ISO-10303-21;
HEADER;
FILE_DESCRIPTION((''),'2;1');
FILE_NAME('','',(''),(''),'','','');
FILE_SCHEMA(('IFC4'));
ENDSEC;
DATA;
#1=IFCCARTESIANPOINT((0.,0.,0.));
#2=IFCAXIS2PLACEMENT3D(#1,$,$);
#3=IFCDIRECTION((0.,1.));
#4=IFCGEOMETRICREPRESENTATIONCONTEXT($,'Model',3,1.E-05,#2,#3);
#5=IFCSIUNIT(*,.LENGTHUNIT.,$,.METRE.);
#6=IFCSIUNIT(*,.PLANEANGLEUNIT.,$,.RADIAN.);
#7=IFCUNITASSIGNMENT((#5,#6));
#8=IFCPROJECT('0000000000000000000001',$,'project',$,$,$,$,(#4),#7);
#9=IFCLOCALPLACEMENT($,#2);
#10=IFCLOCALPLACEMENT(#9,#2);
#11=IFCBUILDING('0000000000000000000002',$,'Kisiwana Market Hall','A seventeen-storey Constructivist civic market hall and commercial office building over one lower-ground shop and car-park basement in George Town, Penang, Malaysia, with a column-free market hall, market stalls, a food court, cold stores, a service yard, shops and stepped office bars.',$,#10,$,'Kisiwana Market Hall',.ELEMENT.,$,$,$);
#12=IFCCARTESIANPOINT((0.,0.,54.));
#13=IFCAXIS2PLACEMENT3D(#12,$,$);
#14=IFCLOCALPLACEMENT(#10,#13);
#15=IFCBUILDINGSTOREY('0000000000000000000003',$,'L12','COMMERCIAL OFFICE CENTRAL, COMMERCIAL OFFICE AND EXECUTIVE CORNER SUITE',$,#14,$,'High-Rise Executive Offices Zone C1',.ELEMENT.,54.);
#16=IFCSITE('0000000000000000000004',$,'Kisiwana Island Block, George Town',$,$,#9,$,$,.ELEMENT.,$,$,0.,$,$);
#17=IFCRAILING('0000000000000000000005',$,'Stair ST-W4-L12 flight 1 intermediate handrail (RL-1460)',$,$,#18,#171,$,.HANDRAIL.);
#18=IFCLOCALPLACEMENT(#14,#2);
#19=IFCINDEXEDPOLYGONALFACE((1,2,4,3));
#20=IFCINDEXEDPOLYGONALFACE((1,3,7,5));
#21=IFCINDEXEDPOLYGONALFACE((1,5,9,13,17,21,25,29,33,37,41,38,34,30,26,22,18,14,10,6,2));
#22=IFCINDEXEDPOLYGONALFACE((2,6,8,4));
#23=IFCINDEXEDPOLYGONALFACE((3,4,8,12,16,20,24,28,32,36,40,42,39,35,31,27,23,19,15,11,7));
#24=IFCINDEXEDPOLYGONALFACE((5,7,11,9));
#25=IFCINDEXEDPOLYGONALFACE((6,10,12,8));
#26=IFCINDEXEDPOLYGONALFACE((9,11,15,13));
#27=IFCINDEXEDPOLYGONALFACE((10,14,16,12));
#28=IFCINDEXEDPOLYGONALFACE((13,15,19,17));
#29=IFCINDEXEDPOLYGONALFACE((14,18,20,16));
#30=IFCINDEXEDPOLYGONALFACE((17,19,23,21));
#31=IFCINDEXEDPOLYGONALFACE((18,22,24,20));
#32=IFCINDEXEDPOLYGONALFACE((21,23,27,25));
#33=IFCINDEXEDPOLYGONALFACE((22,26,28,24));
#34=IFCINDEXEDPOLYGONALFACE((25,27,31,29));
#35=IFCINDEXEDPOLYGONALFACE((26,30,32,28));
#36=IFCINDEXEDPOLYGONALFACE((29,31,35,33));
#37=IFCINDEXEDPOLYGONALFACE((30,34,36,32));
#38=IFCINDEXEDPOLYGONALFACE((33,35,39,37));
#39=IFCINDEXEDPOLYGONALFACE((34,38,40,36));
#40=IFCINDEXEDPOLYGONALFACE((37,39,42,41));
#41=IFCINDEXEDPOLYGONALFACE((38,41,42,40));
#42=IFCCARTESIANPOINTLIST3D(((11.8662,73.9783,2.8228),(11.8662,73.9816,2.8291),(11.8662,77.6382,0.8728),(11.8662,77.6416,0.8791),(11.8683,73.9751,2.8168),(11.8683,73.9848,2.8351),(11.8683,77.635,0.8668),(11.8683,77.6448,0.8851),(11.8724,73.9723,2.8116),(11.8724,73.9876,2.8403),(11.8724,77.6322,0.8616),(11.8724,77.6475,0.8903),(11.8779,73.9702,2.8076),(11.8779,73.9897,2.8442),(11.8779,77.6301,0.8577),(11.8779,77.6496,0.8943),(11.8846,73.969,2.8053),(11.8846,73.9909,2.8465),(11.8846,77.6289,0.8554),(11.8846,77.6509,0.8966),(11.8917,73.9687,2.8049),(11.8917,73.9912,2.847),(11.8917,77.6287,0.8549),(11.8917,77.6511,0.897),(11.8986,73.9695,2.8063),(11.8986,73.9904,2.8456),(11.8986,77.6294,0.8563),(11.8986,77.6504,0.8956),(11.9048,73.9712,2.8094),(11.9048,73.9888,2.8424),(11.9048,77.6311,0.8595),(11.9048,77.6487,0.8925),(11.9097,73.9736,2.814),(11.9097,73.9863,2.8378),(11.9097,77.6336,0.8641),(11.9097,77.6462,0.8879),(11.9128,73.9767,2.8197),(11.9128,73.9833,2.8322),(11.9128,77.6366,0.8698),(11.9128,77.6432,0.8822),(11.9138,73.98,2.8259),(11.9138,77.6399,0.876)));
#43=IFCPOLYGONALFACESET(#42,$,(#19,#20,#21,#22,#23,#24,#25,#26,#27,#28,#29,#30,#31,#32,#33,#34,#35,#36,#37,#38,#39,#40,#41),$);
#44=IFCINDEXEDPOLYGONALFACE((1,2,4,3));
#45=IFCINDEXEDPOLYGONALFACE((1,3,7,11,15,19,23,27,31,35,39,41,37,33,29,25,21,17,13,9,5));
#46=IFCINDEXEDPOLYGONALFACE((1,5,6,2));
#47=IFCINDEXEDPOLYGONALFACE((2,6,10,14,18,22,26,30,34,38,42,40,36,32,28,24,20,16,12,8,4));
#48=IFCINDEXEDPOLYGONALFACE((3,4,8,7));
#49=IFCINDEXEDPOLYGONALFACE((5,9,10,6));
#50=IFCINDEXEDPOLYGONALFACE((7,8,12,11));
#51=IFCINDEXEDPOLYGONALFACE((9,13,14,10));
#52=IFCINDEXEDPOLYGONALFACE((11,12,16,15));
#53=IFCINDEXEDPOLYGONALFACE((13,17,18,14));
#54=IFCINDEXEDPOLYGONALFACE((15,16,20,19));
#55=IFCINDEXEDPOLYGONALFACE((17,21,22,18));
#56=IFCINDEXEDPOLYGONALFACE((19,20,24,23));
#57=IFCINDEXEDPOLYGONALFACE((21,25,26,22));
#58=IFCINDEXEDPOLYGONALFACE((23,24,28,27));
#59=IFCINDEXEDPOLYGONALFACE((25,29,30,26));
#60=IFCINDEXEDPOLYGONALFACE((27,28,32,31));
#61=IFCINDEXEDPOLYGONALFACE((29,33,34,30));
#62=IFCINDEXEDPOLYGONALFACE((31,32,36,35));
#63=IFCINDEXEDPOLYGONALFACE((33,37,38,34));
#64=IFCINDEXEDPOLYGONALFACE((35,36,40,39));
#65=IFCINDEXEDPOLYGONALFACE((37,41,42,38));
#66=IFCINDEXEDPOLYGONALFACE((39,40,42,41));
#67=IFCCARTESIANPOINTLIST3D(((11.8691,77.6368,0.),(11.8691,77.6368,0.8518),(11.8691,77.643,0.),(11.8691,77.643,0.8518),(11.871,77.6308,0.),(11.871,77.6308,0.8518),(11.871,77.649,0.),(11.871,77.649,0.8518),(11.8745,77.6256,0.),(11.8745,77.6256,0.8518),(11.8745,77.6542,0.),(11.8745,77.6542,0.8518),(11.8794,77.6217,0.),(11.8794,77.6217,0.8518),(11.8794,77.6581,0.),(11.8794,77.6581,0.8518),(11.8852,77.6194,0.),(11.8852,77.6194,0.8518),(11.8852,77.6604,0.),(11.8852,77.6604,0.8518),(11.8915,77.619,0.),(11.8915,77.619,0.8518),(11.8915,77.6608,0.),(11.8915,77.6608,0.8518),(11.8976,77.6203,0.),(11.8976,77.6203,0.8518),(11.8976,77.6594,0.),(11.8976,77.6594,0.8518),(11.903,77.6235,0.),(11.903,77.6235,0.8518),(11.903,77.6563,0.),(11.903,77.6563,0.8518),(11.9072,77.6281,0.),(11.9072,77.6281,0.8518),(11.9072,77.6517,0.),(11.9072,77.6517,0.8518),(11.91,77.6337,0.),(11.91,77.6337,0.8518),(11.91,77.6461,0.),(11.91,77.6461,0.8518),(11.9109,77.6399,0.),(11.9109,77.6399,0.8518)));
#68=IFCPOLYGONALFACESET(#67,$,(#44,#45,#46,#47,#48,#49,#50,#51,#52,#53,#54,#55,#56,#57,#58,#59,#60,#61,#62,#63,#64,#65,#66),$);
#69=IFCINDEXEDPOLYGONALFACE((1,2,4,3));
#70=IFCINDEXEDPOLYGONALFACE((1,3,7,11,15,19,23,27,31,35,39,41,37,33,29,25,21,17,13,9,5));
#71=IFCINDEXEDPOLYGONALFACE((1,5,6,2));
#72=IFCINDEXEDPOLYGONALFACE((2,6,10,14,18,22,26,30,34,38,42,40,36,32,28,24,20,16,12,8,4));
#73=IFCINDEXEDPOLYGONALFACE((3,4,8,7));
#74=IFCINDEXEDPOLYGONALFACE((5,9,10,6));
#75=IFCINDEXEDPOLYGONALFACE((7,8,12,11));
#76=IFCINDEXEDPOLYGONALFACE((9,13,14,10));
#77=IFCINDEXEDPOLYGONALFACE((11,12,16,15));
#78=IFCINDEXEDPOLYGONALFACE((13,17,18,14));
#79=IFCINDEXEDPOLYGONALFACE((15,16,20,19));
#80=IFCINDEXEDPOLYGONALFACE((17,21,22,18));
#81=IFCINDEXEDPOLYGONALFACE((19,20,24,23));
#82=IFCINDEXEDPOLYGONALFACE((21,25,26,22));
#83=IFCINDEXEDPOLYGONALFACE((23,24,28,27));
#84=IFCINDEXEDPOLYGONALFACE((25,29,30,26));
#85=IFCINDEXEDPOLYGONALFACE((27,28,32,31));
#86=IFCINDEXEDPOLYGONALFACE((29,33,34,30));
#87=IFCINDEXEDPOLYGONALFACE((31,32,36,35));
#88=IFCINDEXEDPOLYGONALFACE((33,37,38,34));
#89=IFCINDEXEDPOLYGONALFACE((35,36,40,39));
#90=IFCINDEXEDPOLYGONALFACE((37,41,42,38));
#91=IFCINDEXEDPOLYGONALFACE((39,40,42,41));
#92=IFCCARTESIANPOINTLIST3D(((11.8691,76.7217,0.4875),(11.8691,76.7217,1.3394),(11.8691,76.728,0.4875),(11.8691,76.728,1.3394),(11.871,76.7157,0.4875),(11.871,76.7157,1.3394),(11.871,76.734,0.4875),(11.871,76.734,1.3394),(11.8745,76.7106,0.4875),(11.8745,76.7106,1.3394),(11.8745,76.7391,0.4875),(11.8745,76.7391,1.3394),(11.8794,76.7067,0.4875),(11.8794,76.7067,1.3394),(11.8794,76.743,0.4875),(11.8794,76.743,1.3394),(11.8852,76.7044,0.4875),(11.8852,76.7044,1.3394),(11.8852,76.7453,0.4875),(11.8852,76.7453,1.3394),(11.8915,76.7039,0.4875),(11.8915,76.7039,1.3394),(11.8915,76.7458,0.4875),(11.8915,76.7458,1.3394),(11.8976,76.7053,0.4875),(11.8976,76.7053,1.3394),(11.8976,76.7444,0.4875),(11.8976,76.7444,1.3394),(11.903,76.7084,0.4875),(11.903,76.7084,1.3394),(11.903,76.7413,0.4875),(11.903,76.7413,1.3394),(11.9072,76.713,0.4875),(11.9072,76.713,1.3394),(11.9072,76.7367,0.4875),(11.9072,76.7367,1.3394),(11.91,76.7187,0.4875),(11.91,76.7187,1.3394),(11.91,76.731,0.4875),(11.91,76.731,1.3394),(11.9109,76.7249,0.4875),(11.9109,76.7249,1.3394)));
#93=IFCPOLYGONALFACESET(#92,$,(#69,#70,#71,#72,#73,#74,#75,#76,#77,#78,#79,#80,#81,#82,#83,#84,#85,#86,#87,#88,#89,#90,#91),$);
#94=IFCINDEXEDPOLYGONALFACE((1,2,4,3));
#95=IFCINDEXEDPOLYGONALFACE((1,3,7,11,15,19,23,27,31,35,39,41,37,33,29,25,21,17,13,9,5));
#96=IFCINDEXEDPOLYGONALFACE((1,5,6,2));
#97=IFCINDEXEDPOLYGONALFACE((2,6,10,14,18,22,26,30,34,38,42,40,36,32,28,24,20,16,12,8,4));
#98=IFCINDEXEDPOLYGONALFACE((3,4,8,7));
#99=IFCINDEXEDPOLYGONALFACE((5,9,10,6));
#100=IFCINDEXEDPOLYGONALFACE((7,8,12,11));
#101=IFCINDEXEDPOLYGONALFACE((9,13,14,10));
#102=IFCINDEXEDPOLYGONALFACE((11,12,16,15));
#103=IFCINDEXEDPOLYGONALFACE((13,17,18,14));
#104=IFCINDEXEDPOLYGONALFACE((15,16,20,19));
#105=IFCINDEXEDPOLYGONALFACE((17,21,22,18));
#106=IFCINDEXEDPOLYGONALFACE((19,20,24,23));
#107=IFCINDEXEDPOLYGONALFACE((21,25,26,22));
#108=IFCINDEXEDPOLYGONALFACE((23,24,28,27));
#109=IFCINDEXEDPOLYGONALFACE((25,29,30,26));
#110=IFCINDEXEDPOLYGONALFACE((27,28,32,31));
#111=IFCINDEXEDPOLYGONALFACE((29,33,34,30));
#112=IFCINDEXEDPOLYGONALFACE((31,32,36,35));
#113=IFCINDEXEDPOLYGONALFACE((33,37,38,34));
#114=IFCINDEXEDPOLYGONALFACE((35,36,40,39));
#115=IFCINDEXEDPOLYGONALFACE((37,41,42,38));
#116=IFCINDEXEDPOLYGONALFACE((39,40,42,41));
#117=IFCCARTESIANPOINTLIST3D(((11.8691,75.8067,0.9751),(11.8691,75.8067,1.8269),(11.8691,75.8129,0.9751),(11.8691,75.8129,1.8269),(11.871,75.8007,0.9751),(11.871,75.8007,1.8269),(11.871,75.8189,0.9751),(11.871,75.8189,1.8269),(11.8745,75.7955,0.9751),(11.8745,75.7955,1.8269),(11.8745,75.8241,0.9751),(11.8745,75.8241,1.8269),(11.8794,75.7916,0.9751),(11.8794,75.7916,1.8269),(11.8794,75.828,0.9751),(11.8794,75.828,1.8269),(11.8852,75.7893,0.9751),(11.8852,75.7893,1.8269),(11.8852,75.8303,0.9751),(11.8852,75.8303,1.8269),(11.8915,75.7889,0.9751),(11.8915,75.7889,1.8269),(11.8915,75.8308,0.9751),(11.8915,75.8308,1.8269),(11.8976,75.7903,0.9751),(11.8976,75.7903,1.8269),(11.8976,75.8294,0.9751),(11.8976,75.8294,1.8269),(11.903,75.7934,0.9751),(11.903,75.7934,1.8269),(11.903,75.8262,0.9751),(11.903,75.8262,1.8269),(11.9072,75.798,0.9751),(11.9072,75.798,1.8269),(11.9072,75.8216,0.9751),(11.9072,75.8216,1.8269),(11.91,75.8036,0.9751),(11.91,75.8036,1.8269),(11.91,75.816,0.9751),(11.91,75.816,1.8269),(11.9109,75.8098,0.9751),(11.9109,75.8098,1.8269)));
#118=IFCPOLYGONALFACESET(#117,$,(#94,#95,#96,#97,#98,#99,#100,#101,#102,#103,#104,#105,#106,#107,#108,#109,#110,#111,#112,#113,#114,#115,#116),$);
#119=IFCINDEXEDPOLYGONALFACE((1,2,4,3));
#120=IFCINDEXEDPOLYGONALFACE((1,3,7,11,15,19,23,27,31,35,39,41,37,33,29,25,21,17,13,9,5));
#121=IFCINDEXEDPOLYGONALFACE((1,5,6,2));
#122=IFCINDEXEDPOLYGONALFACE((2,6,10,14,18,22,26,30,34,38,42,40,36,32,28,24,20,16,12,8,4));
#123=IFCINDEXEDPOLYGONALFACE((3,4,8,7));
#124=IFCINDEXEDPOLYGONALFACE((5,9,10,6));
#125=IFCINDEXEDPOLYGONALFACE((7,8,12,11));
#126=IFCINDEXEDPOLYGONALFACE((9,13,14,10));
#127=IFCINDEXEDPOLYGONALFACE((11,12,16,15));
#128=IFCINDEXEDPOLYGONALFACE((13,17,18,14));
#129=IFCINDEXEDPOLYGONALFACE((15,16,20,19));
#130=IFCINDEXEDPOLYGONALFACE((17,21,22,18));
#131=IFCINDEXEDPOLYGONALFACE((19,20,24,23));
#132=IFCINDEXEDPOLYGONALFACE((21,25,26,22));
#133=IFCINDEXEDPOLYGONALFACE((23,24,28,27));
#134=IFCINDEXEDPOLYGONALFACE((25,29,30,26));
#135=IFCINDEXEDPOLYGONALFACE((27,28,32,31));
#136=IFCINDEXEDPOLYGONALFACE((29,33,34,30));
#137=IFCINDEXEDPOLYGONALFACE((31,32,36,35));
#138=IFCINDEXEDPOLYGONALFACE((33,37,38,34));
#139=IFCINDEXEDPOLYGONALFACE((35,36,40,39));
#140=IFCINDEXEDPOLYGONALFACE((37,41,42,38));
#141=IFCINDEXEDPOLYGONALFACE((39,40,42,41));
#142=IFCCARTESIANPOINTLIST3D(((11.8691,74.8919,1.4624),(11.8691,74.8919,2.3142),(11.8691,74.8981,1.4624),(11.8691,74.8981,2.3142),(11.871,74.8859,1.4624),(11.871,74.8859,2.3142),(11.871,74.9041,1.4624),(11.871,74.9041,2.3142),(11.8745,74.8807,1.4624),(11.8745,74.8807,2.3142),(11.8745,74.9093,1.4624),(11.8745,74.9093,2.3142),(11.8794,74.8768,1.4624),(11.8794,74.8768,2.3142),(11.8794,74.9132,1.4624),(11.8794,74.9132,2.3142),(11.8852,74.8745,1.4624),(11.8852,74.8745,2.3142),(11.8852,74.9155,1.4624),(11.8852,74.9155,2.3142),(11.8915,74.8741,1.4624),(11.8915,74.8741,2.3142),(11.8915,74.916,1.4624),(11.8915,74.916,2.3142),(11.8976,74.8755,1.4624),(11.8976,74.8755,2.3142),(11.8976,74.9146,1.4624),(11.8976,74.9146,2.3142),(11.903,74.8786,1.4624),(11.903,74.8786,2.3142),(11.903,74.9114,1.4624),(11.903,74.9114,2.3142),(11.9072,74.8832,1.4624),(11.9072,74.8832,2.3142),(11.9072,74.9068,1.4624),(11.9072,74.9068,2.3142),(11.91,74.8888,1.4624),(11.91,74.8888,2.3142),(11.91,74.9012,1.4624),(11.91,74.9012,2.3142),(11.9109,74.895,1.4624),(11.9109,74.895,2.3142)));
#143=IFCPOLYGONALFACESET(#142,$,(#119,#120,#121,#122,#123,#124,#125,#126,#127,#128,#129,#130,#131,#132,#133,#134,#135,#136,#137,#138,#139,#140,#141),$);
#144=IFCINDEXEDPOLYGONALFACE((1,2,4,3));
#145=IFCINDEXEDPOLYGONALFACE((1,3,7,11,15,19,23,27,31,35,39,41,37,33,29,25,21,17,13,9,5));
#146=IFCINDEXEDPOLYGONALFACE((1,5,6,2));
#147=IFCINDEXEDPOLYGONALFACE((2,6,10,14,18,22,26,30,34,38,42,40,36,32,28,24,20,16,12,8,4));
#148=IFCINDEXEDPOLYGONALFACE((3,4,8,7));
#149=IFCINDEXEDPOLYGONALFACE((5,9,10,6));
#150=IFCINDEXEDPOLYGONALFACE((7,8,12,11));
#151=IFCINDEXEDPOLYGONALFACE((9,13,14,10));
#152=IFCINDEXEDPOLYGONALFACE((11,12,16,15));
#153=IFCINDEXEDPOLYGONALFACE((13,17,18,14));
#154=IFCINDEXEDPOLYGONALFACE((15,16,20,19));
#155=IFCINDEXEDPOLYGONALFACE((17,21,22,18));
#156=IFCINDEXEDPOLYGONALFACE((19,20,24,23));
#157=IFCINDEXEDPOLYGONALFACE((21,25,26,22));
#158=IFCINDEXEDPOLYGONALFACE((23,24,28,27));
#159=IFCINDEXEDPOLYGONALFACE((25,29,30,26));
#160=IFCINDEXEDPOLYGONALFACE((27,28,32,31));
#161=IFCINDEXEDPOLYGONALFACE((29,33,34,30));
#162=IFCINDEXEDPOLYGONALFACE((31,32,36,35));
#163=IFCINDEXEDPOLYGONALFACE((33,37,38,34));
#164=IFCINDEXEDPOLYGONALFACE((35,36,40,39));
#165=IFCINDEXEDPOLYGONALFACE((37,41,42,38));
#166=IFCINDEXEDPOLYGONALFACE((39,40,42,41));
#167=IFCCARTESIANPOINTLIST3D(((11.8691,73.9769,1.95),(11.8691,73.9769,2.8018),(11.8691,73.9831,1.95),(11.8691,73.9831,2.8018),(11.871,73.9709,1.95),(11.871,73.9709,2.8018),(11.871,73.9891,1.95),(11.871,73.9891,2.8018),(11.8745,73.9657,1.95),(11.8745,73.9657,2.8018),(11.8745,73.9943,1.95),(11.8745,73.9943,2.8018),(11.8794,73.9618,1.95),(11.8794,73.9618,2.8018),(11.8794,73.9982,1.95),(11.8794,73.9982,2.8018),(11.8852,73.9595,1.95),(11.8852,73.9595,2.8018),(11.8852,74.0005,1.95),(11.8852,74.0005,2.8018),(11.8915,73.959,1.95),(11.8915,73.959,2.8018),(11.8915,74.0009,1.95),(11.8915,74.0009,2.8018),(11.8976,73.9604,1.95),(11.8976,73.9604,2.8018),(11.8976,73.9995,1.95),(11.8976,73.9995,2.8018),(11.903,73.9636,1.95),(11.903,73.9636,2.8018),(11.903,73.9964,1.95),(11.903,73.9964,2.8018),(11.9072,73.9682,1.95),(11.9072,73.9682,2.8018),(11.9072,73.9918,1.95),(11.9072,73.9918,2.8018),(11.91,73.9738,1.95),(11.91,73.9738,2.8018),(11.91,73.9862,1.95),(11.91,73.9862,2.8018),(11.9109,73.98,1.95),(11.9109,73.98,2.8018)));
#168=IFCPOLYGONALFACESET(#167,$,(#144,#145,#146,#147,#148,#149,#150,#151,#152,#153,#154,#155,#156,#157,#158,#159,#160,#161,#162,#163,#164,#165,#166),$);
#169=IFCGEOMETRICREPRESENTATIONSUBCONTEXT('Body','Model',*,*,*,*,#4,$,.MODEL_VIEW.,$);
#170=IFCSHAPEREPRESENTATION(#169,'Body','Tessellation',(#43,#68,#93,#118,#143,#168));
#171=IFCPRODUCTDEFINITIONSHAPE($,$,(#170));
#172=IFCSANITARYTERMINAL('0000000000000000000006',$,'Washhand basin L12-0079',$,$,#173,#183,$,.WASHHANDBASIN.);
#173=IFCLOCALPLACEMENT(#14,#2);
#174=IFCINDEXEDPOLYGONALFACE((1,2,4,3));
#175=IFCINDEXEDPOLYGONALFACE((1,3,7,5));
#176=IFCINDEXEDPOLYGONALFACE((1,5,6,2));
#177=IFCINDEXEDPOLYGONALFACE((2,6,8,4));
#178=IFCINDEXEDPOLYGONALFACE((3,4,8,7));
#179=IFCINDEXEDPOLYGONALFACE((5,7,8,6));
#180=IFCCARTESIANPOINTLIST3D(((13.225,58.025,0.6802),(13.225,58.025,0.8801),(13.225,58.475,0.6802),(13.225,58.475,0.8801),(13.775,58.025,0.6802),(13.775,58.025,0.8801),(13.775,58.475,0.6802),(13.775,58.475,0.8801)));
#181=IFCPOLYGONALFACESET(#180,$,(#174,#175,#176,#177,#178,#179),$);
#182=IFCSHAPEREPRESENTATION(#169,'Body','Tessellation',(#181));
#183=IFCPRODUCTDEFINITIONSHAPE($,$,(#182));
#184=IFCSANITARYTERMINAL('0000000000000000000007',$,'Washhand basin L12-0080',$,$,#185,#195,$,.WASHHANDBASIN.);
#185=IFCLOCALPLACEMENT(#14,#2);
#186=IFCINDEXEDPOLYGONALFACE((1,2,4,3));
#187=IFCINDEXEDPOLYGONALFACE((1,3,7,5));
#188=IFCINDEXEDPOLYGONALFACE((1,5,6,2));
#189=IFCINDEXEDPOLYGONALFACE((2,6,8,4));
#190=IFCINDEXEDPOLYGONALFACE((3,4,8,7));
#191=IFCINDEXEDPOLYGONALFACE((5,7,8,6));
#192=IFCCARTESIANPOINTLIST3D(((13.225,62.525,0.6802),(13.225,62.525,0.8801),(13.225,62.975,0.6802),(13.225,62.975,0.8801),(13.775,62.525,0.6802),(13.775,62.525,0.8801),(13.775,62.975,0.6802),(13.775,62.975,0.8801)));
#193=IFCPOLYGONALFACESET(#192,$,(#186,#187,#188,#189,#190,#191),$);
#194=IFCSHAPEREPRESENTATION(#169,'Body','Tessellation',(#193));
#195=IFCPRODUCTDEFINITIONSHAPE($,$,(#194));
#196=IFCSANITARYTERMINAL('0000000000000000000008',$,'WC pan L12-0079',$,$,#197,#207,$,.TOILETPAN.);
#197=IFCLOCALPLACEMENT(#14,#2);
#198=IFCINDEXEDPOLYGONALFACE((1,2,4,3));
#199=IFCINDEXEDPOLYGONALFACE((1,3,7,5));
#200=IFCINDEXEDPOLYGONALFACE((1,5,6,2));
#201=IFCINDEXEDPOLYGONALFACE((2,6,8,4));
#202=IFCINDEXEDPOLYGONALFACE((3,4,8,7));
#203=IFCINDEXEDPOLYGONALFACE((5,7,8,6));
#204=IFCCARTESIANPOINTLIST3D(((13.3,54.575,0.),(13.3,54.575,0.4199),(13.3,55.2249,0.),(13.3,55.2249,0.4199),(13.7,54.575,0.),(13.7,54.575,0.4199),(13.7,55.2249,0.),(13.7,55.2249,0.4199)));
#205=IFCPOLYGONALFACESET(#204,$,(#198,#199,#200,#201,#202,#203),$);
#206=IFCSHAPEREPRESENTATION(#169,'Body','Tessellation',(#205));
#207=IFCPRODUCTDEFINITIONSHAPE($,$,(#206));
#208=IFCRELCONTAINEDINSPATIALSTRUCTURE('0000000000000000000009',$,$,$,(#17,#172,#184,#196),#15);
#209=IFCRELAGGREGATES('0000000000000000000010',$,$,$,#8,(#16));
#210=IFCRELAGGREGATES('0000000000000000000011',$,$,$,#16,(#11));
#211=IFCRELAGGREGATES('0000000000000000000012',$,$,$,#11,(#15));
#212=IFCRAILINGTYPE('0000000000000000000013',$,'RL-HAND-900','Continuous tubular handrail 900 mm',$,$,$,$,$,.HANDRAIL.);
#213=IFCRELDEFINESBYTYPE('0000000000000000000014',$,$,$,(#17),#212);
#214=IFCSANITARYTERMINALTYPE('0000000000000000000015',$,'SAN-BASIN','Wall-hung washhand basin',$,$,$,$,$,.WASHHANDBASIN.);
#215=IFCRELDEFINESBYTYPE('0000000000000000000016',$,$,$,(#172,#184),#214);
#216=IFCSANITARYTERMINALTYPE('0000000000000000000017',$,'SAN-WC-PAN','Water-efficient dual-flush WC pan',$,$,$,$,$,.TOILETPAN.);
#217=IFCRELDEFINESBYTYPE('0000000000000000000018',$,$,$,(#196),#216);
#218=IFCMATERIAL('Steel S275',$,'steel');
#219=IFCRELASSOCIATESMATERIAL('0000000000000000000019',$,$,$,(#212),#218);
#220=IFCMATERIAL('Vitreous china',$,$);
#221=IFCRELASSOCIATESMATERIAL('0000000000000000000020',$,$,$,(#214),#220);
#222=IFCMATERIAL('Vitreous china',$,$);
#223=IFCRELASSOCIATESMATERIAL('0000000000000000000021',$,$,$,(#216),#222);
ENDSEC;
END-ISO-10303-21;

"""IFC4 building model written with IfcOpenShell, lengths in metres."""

from ifc_helpers import new_model, si_unit, direction, frame, origin, origin_2d, place, context, subcontext, project, spatial, rectangle, circle, extrude, material, type_object, element, save


model = new_model("IFC4")

# Units and contexts
model_context = context("Model", 3, precision=1e-05, world=origin(), true_north=direction((0.0, 1.0)))
body_context = subcontext(model_context, "Body", "Model", "MODEL_VIEW")
ifc_project = project(units=[si_unit("LENGTHUNIT", "METRE"), si_unit("PLANEANGLEUNIT", "RADIAN")], contexts=[model_context])

# Site, building, storey
site_placement = place(None, origin())
site = spatial("IfcSite", under=ifc_project, at=site_placement, Name="Kisiwana Island Block, George Town", CompositionType="ELEMENT", RefElevation=0.0)
building_placement = place(site_placement, origin())
building = spatial("IfcBuilding", under=site, at=building_placement, Name="Kisiwana Market Hall", Description="A seventeen-storey Constructivist civic market hall and commercial office building over one lower-ground shop and car-park basement in George Town, Penang, Malaysia, with a column-free market hall, market stalls, a food court, cold stores, a service yard, shops and stepped office bars.", LongName="Kisiwana Market Hall", CompositionType="ELEMENT")
storey_placement = place(building_placement, frame((0.0, 0.0, 54.0)))
storey = spatial("IfcBuildingStorey", under=building, at=storey_placement, Name="L12", Description="COMMERCIAL OFFICE CENTRAL, COMMERCIAL OFFICE AND EXECUTIVE CORNER SUITE", LongName="High-Rise Executive Offices Zone C1", CompositionType="ELEMENT", Elevation=54.0)

# Railing
ifc_material_1 = material(Name="Steel S275", Category="steel")
railing_type_1 = type_object("IfcRailingType", Name="RL-HAND-900", Description="Continuous tubular handrail 900 mm", PredefinedType="HANDRAIL", material=ifc_material_1)
for number, where, name in (
    (1, (11.8899, 77.6399, 0.0), "Stair ST-W4-L12 flight 1 intermediate handrail (RL-1460)"),
):
    element("IfcRailing", number, at=place(storey_placement, frame(where)), inside=storey, type_object=railing_type_1, Name=name, PredefinedType="HANDRAIL", context=body_context, shape_type="SweptSolid", body=[
        extrude(circle(Radius=0.0239, at=origin_2d()), frame((0.0, 0.0, 0.876), z_axis=(0.0, -0.882553, 0.470212), x_axis=(1.0, 0.0, 0.0)), (0.0, 0.0, 1.0), 4.147),
        extrude(circle(Radius=0.021, at=origin_2d()), origin(), (0.0, 0.0, 1.0), 0.8518),
        extrude(circle(Radius=0.021, at=origin_2d()), frame((0.0, -0.915, 0.4875)), (0.0, 0.0, 1.0), 0.8518),
        extrude(circle(Radius=0.021, at=origin_2d()), frame((0.0, -1.8301, 0.9751)), (0.0, 0.0, 1.0), 0.8518),
        extrude(circle(Radius=0.021, at=origin_2d()), frame((0.0, -2.7449, 1.4624)), (0.0, 0.0, 1.0), 0.8518),
        extrude(circle(Radius=0.021, at=origin_2d()), frame((0.0, -3.6599, 1.95)), (0.0, 0.0, 1.0), 0.8518),
    ])

# Sanitary terminals
ifc_material_2 = material(Name="Vitreous china")
sanitary_terminal_type_1 = type_object("IfcSanitaryTerminalType", Name="SAN-BASIN", Description="Wall-hung washhand basin", PredefinedType="WASHHANDBASIN", material=ifc_material_2)
for number, where, z_axis, x_axis, name in (
    (2, (13.5, 58.25, 0.6802), (0.0, 0.0, 1.0), (1.0, 0.0, 0.0), "Washhand basin L12-0079"),
    (3, (13.5, 62.75, 0.6802), (0.0, 0.0, 1.0), (1.0, 0.0, 0.0), "Washhand basin L12-0080"),
):
    element("IfcSanitaryTerminal", number, at=place(storey_placement, frame(where, z_axis=z_axis, x_axis=x_axis)), inside=storey, type_object=sanitary_terminal_type_1, Name=name, PredefinedType="WASHHANDBASIN", context=body_context, shape_type="SweptSolid", body=[
        extrude(rectangle(XDim=0.55, YDim=0.45, at=origin_2d()), origin(), (0.0, 0.0, 1.0), 0.2),
    ])
ifc_material_3 = material(Name="Vitreous china")
sanitary_terminal_type_2 = type_object("IfcSanitaryTerminalType", Name="SAN-WC-PAN", Description="Water-efficient dual-flush WC pan", PredefinedType="TOILETPAN", material=ifc_material_3)
for number, where, z_axis, x_axis, name in (
    (4, (13.5, 54.8999, 0.0), (0.0, 0.0, 1.0), (1.0, 0.0, 0.0), "WC pan L12-0079"),
):
    element("IfcSanitaryTerminal", number, at=place(storey_placement, frame(where, z_axis=z_axis, x_axis=x_axis)), inside=storey, type_object=sanitary_terminal_type_2, Name=name, PredefinedType="TOILETPAN", context=body_context, shape_type="SweptSolid", body=[
        extrude(rectangle(XDim=0.3999, YDim=0.6499, at=origin_2d()), origin(), (0.0, 0.0, 1.0), 0.4199),
    ])

save(model, "model.ifc")
